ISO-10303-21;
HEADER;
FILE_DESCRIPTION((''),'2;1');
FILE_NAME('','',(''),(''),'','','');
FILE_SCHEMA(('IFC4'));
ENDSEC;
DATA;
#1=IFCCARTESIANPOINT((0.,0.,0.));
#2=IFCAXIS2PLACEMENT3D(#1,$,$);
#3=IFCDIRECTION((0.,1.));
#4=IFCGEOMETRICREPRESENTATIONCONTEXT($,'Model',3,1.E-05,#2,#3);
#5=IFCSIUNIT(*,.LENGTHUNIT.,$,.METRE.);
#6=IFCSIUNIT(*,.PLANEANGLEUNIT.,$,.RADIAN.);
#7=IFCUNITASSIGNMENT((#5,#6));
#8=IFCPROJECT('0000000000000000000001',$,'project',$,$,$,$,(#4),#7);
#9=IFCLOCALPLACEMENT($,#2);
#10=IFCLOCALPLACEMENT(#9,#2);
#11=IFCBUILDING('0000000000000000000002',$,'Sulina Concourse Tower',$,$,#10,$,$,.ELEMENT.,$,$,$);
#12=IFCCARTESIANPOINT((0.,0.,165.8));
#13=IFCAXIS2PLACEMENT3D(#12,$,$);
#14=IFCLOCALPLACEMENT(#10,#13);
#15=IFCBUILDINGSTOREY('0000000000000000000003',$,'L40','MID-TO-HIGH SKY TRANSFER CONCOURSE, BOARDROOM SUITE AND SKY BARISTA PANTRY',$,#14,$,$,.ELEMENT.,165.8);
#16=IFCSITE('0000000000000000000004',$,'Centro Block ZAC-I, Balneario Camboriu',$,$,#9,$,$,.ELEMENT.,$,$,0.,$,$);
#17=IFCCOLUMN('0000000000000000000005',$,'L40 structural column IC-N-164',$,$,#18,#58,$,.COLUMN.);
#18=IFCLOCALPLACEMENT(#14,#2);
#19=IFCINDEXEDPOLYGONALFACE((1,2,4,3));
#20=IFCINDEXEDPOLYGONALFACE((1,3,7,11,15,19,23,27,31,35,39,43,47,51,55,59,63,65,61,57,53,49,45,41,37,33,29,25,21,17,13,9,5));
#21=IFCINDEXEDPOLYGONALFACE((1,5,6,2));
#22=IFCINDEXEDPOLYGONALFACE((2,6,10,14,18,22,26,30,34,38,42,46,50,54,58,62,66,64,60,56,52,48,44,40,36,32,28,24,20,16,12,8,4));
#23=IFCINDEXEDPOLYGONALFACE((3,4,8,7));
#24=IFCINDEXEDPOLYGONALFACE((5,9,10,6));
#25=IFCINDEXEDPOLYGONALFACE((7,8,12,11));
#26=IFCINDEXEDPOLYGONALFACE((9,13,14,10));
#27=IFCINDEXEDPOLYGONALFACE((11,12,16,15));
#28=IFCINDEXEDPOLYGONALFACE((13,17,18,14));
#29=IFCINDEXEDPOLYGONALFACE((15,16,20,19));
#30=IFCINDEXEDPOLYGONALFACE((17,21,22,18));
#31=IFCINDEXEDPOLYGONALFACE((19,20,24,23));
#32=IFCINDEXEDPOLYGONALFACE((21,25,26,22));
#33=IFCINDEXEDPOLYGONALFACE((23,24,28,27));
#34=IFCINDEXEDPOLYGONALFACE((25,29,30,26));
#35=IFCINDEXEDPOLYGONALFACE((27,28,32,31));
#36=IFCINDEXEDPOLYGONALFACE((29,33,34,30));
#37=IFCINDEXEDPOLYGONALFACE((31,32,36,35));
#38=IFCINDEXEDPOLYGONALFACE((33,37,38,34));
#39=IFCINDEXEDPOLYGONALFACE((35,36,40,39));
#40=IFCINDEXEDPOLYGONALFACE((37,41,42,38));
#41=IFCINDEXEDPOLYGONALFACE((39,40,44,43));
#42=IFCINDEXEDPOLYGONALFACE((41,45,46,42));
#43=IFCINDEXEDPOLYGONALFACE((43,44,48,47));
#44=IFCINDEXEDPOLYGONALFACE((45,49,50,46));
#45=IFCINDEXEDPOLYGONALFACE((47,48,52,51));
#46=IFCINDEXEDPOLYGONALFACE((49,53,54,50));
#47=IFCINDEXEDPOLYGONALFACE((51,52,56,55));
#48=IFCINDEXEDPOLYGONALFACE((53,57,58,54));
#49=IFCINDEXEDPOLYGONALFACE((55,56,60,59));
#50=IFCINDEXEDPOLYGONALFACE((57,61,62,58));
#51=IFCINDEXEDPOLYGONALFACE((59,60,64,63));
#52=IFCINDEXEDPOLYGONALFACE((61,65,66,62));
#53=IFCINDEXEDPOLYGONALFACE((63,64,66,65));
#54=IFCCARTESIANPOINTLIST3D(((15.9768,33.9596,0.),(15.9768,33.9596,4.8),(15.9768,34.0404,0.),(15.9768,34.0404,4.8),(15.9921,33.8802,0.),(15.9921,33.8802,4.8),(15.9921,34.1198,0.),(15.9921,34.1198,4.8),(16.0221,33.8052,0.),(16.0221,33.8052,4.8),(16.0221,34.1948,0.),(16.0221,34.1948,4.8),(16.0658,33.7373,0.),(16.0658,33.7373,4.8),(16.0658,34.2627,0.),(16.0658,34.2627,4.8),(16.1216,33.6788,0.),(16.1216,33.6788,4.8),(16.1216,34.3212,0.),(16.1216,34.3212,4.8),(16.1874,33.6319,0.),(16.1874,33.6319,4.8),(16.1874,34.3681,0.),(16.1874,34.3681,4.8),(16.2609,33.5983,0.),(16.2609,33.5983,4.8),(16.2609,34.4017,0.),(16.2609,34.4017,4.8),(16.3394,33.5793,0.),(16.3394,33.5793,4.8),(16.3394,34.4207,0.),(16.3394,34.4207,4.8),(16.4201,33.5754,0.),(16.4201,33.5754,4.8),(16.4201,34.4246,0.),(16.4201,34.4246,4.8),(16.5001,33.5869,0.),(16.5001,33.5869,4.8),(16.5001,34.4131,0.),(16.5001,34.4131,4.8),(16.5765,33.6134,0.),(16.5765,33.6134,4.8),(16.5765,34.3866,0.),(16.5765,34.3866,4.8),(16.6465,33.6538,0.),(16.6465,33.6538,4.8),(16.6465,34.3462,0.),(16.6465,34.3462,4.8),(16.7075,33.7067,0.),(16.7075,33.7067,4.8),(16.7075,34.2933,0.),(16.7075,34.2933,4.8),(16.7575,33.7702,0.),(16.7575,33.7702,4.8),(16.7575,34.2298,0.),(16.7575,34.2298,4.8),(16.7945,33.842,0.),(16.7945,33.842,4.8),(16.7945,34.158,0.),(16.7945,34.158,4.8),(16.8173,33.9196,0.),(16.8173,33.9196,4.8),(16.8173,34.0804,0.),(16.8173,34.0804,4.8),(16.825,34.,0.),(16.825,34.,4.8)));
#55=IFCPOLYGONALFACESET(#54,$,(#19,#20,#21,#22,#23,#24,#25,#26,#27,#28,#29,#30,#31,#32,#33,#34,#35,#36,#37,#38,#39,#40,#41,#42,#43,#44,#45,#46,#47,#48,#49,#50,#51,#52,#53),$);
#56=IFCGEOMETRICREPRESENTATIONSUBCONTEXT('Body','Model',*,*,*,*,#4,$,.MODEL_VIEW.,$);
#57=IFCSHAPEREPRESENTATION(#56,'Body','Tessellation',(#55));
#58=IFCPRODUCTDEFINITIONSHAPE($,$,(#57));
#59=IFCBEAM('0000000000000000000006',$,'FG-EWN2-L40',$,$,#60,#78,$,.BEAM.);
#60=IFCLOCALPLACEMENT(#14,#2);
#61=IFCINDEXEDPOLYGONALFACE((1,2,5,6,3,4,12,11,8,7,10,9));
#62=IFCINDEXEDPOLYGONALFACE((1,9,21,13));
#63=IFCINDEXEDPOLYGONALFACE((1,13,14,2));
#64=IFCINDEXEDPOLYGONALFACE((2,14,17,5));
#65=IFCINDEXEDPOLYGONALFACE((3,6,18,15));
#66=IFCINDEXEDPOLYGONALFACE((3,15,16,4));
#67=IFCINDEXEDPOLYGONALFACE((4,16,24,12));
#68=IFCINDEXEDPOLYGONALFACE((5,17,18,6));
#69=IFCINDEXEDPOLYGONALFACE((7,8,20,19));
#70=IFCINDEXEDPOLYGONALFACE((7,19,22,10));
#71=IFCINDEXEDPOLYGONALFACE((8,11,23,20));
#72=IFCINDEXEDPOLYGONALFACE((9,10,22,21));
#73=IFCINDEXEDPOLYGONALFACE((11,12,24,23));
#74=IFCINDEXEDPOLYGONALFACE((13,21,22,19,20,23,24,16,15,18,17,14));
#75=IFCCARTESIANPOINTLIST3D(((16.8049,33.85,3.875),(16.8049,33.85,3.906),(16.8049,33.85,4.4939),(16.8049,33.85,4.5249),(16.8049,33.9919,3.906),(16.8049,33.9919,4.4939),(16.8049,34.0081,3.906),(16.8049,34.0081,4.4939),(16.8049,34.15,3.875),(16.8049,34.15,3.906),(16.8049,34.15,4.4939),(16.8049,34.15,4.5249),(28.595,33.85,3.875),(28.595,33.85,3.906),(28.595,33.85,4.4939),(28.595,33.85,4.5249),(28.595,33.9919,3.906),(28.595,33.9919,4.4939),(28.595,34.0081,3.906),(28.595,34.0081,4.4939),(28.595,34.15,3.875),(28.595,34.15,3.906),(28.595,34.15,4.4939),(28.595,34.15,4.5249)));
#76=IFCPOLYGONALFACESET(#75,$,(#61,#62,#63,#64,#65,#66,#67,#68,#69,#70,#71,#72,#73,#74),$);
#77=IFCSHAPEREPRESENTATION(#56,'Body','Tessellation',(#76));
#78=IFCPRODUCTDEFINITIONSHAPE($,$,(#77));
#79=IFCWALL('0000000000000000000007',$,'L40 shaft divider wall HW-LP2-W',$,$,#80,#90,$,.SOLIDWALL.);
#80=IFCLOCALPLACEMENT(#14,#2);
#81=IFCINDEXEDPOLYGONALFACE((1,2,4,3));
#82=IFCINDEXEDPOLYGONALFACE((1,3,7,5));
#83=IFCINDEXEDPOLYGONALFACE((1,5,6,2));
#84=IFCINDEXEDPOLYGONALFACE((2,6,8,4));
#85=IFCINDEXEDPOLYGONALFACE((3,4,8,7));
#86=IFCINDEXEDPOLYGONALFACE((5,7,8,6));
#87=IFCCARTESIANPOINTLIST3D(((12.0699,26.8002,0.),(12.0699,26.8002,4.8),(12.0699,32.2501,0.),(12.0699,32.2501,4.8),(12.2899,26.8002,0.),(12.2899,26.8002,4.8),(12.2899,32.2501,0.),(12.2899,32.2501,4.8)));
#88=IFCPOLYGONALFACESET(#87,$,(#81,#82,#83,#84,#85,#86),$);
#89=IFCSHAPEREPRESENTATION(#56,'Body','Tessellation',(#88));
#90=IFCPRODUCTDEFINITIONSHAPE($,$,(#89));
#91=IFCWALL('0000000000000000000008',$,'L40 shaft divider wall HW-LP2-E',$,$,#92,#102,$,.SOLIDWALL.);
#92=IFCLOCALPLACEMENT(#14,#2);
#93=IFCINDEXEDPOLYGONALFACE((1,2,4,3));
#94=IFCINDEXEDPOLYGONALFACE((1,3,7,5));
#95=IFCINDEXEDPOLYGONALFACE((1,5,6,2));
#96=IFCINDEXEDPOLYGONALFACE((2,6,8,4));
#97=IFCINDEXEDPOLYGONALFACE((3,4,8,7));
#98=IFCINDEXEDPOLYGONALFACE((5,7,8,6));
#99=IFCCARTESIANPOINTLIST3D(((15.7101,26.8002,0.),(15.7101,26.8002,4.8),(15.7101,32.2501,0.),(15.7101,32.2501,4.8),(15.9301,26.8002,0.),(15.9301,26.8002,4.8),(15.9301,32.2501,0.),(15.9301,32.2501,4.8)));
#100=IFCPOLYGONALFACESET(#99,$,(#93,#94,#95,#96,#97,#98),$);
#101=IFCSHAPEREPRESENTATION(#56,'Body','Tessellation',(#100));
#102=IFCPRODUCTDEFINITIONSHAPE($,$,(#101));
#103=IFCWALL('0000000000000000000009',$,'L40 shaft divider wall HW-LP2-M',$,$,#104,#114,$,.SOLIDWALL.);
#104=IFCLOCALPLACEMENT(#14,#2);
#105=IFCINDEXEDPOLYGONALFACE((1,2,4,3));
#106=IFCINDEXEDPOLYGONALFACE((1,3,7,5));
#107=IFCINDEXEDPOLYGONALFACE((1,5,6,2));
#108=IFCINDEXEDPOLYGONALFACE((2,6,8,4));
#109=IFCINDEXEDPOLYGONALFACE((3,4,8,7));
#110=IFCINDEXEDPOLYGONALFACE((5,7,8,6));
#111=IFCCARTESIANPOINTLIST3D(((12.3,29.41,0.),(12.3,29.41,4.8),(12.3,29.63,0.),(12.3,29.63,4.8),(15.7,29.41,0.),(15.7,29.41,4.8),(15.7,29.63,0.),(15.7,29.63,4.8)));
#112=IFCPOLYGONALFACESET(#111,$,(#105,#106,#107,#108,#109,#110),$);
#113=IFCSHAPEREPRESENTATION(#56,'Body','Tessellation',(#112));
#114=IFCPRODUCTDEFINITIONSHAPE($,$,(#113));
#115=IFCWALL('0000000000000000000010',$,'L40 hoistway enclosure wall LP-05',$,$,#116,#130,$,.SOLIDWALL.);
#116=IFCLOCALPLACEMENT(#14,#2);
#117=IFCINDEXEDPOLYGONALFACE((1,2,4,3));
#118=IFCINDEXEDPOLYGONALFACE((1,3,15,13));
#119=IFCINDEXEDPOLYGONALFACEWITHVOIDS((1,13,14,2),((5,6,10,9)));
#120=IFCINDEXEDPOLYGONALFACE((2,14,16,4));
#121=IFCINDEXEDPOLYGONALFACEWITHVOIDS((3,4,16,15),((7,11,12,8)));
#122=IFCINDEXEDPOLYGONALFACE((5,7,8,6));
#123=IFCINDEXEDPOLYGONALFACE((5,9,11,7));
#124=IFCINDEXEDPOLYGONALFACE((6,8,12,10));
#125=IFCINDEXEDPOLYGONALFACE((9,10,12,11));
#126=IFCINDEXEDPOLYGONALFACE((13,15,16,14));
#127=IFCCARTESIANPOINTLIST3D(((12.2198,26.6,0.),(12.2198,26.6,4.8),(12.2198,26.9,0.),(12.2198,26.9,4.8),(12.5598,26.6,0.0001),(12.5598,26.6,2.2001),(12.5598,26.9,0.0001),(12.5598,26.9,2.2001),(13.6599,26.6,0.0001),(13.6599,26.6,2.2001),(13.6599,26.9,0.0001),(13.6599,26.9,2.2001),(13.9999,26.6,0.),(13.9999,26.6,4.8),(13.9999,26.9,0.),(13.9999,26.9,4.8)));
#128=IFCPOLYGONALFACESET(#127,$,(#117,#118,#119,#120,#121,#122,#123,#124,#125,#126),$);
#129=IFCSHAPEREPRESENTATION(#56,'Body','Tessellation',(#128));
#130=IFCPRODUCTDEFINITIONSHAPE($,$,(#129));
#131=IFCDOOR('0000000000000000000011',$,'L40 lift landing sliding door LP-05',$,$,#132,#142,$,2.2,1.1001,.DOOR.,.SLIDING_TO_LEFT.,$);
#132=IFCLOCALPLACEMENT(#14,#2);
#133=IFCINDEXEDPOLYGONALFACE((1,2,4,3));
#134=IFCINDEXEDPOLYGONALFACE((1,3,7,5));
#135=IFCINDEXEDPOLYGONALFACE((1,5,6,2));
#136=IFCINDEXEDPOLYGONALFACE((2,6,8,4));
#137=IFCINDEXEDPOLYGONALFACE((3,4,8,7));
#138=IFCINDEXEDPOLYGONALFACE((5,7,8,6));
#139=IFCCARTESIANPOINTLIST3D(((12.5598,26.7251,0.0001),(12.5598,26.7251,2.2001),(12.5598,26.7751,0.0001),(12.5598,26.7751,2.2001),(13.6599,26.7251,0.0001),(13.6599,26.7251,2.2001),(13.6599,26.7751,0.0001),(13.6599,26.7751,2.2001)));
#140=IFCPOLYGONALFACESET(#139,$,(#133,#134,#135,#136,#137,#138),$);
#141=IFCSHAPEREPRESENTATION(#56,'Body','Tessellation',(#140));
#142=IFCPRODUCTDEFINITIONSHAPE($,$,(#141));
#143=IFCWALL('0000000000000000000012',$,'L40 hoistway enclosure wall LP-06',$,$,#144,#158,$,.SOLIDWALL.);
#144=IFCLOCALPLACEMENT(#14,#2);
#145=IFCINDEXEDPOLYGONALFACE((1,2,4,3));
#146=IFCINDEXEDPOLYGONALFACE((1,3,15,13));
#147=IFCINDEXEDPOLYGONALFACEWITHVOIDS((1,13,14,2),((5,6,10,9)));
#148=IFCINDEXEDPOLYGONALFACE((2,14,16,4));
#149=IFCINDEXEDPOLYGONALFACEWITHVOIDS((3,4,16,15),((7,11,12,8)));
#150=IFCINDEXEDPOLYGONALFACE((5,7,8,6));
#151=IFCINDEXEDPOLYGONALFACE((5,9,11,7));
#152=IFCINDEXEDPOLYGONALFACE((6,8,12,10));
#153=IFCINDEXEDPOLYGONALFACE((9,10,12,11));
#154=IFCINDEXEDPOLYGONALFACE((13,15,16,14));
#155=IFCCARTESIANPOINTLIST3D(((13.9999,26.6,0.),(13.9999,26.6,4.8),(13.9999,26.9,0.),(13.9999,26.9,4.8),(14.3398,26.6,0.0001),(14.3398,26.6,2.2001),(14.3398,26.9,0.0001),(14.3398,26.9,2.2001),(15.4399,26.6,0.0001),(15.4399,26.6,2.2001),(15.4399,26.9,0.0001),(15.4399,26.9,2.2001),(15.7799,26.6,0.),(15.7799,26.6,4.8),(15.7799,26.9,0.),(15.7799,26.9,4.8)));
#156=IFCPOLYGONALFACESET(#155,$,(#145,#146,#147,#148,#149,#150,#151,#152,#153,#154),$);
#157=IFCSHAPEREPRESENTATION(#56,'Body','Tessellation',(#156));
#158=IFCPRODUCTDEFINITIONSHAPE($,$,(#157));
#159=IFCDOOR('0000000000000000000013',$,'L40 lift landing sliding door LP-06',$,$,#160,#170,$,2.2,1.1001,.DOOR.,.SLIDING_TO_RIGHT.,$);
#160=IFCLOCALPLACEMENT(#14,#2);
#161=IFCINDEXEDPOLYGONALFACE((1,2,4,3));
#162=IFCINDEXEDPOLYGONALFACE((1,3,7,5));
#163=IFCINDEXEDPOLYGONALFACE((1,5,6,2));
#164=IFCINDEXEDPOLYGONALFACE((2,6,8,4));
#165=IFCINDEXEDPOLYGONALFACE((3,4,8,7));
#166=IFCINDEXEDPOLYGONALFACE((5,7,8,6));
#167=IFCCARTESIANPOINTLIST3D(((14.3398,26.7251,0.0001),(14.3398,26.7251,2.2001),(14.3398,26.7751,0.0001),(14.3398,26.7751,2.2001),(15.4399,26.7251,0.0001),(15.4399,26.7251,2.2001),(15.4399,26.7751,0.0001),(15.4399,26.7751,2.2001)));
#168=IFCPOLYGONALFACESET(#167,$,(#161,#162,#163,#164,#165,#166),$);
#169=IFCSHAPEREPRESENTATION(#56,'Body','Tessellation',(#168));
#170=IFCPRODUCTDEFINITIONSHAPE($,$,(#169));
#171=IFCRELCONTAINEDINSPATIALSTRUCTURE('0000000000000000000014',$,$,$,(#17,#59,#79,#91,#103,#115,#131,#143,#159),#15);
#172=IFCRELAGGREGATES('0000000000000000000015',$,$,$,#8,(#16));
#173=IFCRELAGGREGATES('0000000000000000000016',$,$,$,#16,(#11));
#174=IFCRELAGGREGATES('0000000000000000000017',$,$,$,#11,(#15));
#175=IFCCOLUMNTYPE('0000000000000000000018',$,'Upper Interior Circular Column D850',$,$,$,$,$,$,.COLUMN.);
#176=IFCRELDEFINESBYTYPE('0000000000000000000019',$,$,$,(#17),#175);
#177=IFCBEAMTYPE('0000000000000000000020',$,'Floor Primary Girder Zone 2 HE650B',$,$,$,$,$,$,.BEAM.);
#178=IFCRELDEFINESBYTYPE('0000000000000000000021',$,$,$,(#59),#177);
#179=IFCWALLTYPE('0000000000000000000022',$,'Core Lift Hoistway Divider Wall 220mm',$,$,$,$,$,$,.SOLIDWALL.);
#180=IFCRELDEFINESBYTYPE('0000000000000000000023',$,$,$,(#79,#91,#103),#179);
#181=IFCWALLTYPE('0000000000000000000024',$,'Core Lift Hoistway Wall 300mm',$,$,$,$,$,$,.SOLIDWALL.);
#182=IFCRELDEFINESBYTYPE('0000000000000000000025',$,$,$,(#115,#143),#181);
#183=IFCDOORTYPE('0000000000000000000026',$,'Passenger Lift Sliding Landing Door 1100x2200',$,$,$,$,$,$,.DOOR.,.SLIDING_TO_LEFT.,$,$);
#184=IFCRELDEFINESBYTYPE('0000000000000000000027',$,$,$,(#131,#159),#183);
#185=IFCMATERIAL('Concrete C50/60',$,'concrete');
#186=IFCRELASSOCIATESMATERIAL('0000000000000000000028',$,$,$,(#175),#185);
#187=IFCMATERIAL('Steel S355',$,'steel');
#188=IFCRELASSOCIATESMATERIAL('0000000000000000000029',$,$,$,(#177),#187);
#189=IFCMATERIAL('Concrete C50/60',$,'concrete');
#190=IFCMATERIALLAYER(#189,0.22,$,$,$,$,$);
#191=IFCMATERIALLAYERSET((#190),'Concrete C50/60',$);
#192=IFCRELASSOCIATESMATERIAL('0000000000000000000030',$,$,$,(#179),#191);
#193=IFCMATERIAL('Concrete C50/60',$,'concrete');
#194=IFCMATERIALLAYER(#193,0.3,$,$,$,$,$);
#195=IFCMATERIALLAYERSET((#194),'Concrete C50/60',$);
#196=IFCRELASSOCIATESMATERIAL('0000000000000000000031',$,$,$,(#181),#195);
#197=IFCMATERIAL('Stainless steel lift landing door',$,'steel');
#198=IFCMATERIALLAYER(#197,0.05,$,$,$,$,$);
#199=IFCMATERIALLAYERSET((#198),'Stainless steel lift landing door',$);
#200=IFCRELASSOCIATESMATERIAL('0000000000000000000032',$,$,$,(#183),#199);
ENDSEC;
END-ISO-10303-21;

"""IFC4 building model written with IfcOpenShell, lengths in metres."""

from ifc_helpers import new_model, si_unit, direction, frame, frame_2d, origin, origin_2d, place, context, subcontext, project, spatial, rectangle, circle, i_section, extrude, material, layer, layer_set, material_profile, profile_set, type_object, element, fill, save


model = new_model("IFC4")

# Units and contexts
model_context = context("Model", 3, precision=1e-05, world=origin(), true_north=direction((0.0, 1.0)))
body_context = subcontext(model_context, "Body", "Model", "MODEL_VIEW")
ifc_project = project(units=[si_unit("LENGTHUNIT", "METRE"), si_unit("PLANEANGLEUNIT", "RADIAN")], contexts=[model_context])

# Site, building, storey
site_placement = place(None, origin())
site = spatial("IfcSite", under=ifc_project, at=site_placement, Name="Centro Block ZAC-I, Balneario Camboriu", CompositionType="ELEMENT", RefElevation=0.0)
building_placement = place(site_placement, origin())
building = spatial("IfcBuilding", under=site, at=building_placement, Name="Sulina Concourse Tower", CompositionType="ELEMENT")
storey_placement = place(building_placement, frame((0.0, 0.0, 165.8)))
storey = spatial("IfcBuildingStorey", under=building, at=storey_placement, Name="L40", Description="MID-TO-HIGH SKY TRANSFER CONCOURSE, BOARDROOM SUITE AND SKY BARISTA PANTRY", CompositionType="ELEMENT", Elevation=165.8)

# Column
ifc_material_1 = material(Name="Concrete C50/60", Category="concrete")
ifc_material_profile_1 = material_profile(ifc_material_1, circle(Radius=0.425, at=origin_2d()), Name="RC D850")
ifc_profile_set_1 = profile_set([ifc_material_profile_1], Name="Concrete C50/60")
column_type = type_object("IfcColumnType", Name="Upper Interior Circular Column D850", PredefinedType="COLUMN", material=ifc_profile_set_1)
column_placement = place(storey_placement, frame((16.3999, 34.0, 0.0), z_axis=(0.0, 0.0, 1.0), x_axis=(1.0, 0.0, 0.0)))
element("IfcColumn", 1, at=column_placement, inside=storey, type_object=column_type, Name="L40 structural column IC-N-164", PredefinedType="COLUMN", context=body_context, shape_type="SweptSolid", body=[
    extrude(circle(Radius=0.425, at=origin_2d()), origin(), (0.0, 0.0, 1.0), 4.8),
])

# Beam
ifc_material_2 = material(Name="Steel S355", Category="steel")
ifc_material_profile_2 = material_profile(ifc_material_2, i_section(OverallWidth=0.3, OverallDepth=0.6499, WebThickness=0.0161, FlangeThickness=0.031, at=origin_2d()), Name="HE 650 B")
ifc_profile_set_2 = profile_set([ifc_material_profile_2], Name="Steel S355")
beam_type = type_object("IfcBeamType", Name="Floor Primary Girder Zone 2 HE650B", PredefinedType="BEAM", material=ifc_profile_set_2)
beam_placement = place(storey_placement, frame((16.8049, 34.0, 4.2), z_axis=(1.0, 0.0, 0.0), x_axis=(0.0, 1.0, 0.0)))
element("IfcBeam", 2, at=beam_placement, inside=storey, type_object=beam_type, Name="FG-EWN2-L40", PredefinedType="BEAM", context=body_context, shape_type="SweptSolid", body=[
    extrude(i_section(OverallWidth=0.3, OverallDepth=0.6499, WebThickness=0.0161, FlangeThickness=0.031, at=origin_2d()), origin(), (0.0, 0.0, 1.0), 11.79),
])

# Walls
ifc_material_3 = material(Name="Concrete C50/60", Category="concrete")
ifc_layer_1 = layer(ifc_material_3, 0.22)
ifc_layer_set_1 = layer_set([ifc_layer_1], Name="Concrete C50/60")
wall_type_1 = type_object("IfcWallType", Name="Core Lift Hoistway Divider Wall 220mm", PredefinedType="SOLIDWALL", material=ifc_layer_set_1)
for number, where, z_axis, x_axis, name in (
    (3, (12.1799, 26.8, 0.0), (0.0, 0.0, 1.0), (0.0, 1.0, 0.0), "L40 shaft divider wall HW-LP2-W"),
    (4, (15.8201, 26.8, 0.0), (0.0, 0.0, 1.0), (0.0, 1.0, 0.0), "L40 shaft divider wall HW-LP2-E"),
):
    element("IfcWall", number, at=place(storey_placement, frame(where, z_axis=z_axis, x_axis=x_axis)), inside=storey, type_object=wall_type_1, Name=name, PredefinedType="SOLIDWALL", context=body_context, shape_type="SweptSolid", body=[
        extrude(rectangle(XDim=5.45, YDim=0.22, at=frame_2d((2.7251, 0.0))), origin(), (0.0, 0.0, 1.0), 4.8),
    ])
wall_1_placement = place(storey_placement, frame((12.3, 29.52, 0.0), z_axis=(0.0, 0.0, 1.0), x_axis=(1.0, 0.0, 0.0)))
element("IfcWall", 5, at=wall_1_placement, inside=storey, type_object=wall_type_1, Name="L40 shaft divider wall HW-LP2-M", PredefinedType="SOLIDWALL", context=body_context, shape_type="SweptSolid", body=[
    extrude(rectangle(XDim=3.3999, YDim=0.22, at=frame_2d((1.7, 0.0))), origin(), (0.0, 0.0, 1.0), 4.8),
])

# Walls, openings, doors
ifc_material_4 = material(Name="Concrete C50/60", Category="concrete")
ifc_layer_2 = layer(ifc_material_4, 0.3)
ifc_layer_set_2 = layer_set([ifc_layer_2], Name="Concrete C50/60")
wall_type_2 = type_object("IfcWallType", Name="Core Lift Hoistway Wall 300mm", PredefinedType="SOLIDWALL", material=ifc_layer_set_2)
wall_2_placement = place(storey_placement, frame((14.0, 26.75, 0.0), z_axis=(0.0, 0.0, 1.0), x_axis=(-1.0, 0.0, 0.0)))
wall_2 = element("IfcWall", 6, at=wall_2_placement, inside=storey, type_object=wall_type_2, Name="L40 hoistway enclosure wall LP-05", PredefinedType="SOLIDWALL", context=body_context, shape_type="SweptSolid", body=[
    extrude(rectangle(XDim=1.78, YDim=0.3, at=frame_2d((0.8901, 0.0))), origin(), (0.0, 0.0, 1.0), 4.8),
])
opening_1_placement = place(wall_2_placement, frame((0.3401, 0.0, 0.0)))
opening_1 = element("IfcOpeningElement", 7, at=opening_1_placement, cuts=wall_2, PredefinedType="OPENING", context=body_context, shape_type="SweptSolid", body=[
    extrude(rectangle(XDim=1.1001, YDim=2.2, at=frame_2d((0.55, 1.1001))), frame((0.0, 0.1599, 0.0), z_axis=(0.0, -1.0, 0.0), x_axis=(1.0, 0.0, 0.0)), (0.0, 0.0, 1.0), 0.3201),
])
ifc_material_5 = material(Name="Stainless steel lift landing door", Category="steel")
ifc_layer_3 = layer(ifc_material_5, 0.05)
ifc_layer_set_3 = layer_set([ifc_layer_3], Name="Stainless steel lift landing door")
door_type_1 = type_object("IfcDoorType", Name="Passenger Lift Sliding Landing Door 1100x2200", OperationType="SLIDING_TO_LEFT", PredefinedType="DOOR", material=ifc_layer_set_3)
door_1_placement = place(opening_1_placement, origin())
door_1 = element("IfcDoor", 8, at=door_1_placement, inside=storey, type_object=door_type_1, Name="L40 lift landing sliding door LP-05", OperationType="SLIDING_TO_LEFT", OverallHeight=2.2, OverallWidth=1.1001, PredefinedType="DOOR", context=body_context, shape_type="SweptSolid", body=[
    extrude(rectangle(XDim=1.1001, YDim=2.2, at=frame_2d((0.55, 1.1001))), frame((0.0, 0.0249, 0.0), z_axis=(0.0, -1.0, 0.0), x_axis=(1.0, 0.0, 0.0)), (0.0, 0.0, 1.0), 0.05),
])
fill(opening_1, door_1)
wall_3_placement = place(storey_placement, frame((15.78, 26.75, 0.0), z_axis=(0.0, 0.0, 1.0), x_axis=(-1.0, 0.0, 0.0)))
wall_3 = element("IfcWall", 9, at=wall_3_placement, inside=storey, type_object=wall_type_2, Name="L40 hoistway enclosure wall LP-06", PredefinedType="SOLIDWALL", context=body_context, shape_type="SweptSolid", body=[
    extrude(rectangle(XDim=1.78, YDim=0.3, at=frame_2d((0.8901, 0.0))), origin(), (0.0, 0.0, 1.0), 4.8),
])
opening_2_placement = place(wall_3_placement, frame((0.3401, 0.0, 0.0)))
opening_2 = element("IfcOpeningElement", 10, at=opening_2_placement, cuts=wall_3, PredefinedType="OPENING", context=body_context, shape_type="SweptSolid", body=[
    extrude(rectangle(XDim=1.1001, YDim=2.2, at=frame_2d((0.55, 1.1001))), frame((0.0, 0.1599, 0.0), z_axis=(0.0, -1.0, 0.0), x_axis=(1.0, 0.0, 0.0)), (0.0, 0.0, 1.0), 0.3201),
])
door_2_placement = place(opening_2_placement, origin())
door_2 = element("IfcDoor", 11, at=door_2_placement, inside=storey, type_object=door_type_1, Name="L40 lift landing sliding door LP-06", OperationType="SLIDING_TO_RIGHT", OverallHeight=2.2, OverallWidth=1.1001, PredefinedType="DOOR", context=body_context, shape_type="SweptSolid", body=[
    extrude(rectangle(XDim=1.1001, YDim=2.2, at=frame_2d((0.55, 1.1001))), frame((0.0, 0.0249, 0.0), z_axis=(0.0, -1.0, 0.0), x_axis=(1.0, 0.0, 0.0)), (0.0, 0.0, 1.0), 0.05),
])
fill(opening_2, door_2)

save(model, "model.ifc")
